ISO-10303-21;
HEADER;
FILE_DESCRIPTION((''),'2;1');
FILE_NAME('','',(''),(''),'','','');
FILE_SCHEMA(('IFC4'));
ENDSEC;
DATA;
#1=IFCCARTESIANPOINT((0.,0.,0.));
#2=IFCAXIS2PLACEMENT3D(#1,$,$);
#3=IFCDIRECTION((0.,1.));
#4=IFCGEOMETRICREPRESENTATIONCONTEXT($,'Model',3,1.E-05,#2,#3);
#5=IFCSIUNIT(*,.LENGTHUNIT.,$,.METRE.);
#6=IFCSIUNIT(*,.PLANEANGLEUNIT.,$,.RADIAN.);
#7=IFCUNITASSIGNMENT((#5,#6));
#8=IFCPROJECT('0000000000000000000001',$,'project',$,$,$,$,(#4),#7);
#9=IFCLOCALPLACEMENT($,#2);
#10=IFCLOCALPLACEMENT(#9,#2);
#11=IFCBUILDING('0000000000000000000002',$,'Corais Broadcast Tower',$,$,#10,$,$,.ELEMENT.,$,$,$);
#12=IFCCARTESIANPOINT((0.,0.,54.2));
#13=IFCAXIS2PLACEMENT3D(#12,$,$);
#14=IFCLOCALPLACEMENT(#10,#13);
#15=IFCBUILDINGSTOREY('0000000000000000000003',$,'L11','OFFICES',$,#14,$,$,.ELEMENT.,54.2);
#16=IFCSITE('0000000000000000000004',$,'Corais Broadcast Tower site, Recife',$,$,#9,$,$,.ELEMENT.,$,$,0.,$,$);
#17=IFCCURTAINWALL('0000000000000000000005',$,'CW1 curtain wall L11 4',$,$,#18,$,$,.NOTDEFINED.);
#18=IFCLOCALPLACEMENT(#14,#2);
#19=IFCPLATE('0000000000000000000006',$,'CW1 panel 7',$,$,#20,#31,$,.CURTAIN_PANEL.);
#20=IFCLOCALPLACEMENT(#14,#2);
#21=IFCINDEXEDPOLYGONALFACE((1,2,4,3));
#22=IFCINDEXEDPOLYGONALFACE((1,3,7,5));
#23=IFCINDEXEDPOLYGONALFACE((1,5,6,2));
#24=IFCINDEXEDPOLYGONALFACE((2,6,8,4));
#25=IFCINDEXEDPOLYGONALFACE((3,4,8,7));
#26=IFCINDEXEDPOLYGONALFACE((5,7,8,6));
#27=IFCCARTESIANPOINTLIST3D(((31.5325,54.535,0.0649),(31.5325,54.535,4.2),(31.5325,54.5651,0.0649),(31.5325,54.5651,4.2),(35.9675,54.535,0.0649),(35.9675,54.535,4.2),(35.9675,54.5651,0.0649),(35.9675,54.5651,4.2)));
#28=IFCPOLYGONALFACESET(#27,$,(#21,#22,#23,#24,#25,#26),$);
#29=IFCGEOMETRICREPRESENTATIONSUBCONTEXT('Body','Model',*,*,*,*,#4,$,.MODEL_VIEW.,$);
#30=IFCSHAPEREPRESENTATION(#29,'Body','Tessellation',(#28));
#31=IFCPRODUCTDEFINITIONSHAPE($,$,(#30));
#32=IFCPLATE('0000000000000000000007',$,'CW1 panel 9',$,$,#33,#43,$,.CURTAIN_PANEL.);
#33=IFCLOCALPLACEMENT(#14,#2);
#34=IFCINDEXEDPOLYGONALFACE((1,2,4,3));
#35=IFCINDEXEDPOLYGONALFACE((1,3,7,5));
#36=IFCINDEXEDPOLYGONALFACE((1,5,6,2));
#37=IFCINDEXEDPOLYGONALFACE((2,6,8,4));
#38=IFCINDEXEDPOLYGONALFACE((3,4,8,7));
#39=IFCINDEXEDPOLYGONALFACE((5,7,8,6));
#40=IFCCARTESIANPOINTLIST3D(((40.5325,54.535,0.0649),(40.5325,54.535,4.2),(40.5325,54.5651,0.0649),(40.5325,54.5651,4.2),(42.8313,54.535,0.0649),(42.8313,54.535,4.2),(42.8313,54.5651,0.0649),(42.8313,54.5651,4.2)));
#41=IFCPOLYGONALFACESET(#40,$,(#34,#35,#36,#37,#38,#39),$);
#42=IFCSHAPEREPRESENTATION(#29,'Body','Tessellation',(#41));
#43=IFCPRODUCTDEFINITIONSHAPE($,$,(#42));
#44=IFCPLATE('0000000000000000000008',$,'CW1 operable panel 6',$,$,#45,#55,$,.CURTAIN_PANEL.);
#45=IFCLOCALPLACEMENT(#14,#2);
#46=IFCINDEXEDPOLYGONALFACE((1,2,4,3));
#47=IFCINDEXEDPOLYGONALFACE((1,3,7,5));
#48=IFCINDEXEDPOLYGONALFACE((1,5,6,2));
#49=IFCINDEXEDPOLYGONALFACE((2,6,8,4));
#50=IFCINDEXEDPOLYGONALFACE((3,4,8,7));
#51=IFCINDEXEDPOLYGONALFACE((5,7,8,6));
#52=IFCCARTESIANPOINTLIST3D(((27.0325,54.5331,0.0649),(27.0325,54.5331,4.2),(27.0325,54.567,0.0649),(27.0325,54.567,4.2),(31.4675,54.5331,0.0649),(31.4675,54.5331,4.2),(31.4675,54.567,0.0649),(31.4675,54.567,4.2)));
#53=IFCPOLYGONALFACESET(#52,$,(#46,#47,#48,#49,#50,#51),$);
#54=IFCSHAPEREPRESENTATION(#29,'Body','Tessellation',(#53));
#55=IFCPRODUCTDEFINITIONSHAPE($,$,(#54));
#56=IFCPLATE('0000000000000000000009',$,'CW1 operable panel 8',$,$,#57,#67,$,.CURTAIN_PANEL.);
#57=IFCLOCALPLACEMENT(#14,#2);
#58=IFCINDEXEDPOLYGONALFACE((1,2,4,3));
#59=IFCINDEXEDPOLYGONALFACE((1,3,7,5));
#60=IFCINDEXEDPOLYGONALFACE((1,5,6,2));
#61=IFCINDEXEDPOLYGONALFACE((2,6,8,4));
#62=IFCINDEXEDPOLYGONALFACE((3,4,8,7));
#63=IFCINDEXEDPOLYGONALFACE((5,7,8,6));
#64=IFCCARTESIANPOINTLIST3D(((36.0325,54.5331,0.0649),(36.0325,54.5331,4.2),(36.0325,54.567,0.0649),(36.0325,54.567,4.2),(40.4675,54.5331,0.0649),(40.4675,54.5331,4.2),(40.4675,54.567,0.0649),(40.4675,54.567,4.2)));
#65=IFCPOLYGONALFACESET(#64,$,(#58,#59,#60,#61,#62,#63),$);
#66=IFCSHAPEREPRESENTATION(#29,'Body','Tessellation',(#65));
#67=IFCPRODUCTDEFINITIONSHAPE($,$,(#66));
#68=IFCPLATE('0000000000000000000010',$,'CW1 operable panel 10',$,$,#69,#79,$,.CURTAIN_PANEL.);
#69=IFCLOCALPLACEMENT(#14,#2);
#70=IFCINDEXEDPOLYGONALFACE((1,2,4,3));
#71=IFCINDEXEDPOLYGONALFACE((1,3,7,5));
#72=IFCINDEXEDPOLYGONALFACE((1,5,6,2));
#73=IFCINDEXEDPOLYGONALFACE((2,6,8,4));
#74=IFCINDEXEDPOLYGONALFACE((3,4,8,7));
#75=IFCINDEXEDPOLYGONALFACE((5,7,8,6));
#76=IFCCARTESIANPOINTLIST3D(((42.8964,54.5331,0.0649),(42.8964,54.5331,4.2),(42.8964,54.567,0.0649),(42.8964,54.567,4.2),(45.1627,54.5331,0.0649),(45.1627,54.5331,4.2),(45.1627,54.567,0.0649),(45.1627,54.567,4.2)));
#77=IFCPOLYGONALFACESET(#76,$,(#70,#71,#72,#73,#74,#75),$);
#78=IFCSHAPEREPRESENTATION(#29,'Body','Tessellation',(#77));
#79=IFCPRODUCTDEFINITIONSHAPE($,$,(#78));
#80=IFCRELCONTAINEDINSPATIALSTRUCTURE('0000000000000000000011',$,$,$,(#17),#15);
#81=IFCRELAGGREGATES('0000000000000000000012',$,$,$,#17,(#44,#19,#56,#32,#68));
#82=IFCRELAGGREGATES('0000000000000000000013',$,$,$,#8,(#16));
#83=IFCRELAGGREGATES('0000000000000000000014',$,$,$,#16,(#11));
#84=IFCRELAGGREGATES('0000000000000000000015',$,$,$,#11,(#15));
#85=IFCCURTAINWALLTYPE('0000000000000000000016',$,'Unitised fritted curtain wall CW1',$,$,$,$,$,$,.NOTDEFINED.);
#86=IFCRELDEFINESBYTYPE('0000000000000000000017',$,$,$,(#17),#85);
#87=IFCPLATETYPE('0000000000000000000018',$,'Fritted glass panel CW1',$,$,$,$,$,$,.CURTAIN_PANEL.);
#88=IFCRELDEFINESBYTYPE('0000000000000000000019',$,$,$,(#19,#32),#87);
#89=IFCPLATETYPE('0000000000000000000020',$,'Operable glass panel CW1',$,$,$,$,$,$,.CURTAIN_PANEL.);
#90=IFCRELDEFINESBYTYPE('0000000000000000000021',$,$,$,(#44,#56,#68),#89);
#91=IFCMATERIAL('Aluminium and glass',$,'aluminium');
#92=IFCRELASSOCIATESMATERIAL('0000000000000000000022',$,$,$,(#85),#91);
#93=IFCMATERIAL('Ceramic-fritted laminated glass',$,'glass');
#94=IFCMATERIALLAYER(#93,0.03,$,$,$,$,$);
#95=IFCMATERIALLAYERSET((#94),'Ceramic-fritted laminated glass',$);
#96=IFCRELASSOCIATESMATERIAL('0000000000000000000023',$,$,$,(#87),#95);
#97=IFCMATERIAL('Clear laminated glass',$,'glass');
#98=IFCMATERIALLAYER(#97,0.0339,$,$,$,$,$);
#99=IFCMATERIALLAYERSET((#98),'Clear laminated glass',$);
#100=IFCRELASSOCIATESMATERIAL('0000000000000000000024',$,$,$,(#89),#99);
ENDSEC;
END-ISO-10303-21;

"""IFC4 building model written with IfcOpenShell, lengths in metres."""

from ifc_helpers import new_model, si_unit, direction, frame, origin, origin_2d, place, context, subcontext, project, spatial, rectangle, extrude, material, layer, layer_set, type_object, element, aggregate, save


model = new_model("IFC4")

# Units and contexts
model_context = context("Model", 3, precision=1e-05, world=origin(), true_north=direction((0.0, 1.0)))
body_context = subcontext(model_context, "Body", "Model", "MODEL_VIEW")
ifc_project = project(units=[si_unit("LENGTHUNIT", "METRE"), si_unit("PLANEANGLEUNIT", "RADIAN")], contexts=[model_context])

# Site, building, storey
site_placement = place(None, origin())
site = spatial("IfcSite", under=ifc_project, at=site_placement, Name="Corais Broadcast Tower site, Recife", CompositionType="ELEMENT", RefElevation=0.0)
building_placement = place(site_placement, origin())
building = spatial("IfcBuilding", under=site, at=building_placement, Name="Corais Broadcast Tower", CompositionType="ELEMENT")
storey_placement = place(building_placement, frame((0.0, 0.0, 54.2)))
storey = spatial("IfcBuildingStorey", under=building, at=storey_placement, Name="L11", Description="OFFICES", CompositionType="ELEMENT", Elevation=54.2)

# Curtain wall
ifc_material_1 = material(Name="Aluminium and glass", Category="aluminium")
curtain_wall_type = type_object("IfcCurtainWallType", Name="Unitised fritted curtain wall CW1", PredefinedType="NOTDEFINED", material=ifc_material_1)
curtain_wall_placement = place(storey_placement, origin())
curtain_wall = element("IfcCurtainWall", 1, at=curtain_wall_placement, inside=storey, type_object=curtain_wall_type, Name="CW1 curtain wall L11 4", PredefinedType="NOTDEFINED")

# Plates
ifc_material_2 = material(Name="Ceramic-fritted laminated glass", Category="glass")
ifc_layer_1 = layer(ifc_material_2, 0.03)
ifc_layer_set_1 = layer_set([ifc_layer_1], Name="Ceramic-fritted laminated glass")
plate_type_1 = type_object("IfcPlateType", Name="Fritted glass panel CW1", PredefinedType="CURTAIN_PANEL", material=ifc_layer_set_1)
plate_1_placement = place(storey_placement, frame((33.75, 54.55, 0.0649), z_axis=(0.0, 0.0, 1.0), x_axis=(1.0, 0.0, 0.0)))
plate_1 = element("IfcPlate", 2, at=plate_1_placement, type_object=plate_type_1, Name="CW1 panel 7", PredefinedType="CURTAIN_PANEL", context=body_context, shape_type="SweptSolid", body=[
    extrude(rectangle(XDim=4.4351, YDim=0.03, at=origin_2d()), origin(), (0.0, 0.0, 1.0), 4.135),
])
plate_2_placement = place(storey_placement, frame((41.6819, 54.55, 0.0649), z_axis=(0.0, 0.0, 1.0), x_axis=(1.0, 0.0, 0.0)))
plate_2 = element("IfcPlate", 3, at=plate_2_placement, type_object=plate_type_1, Name="CW1 panel 9", PredefinedType="CURTAIN_PANEL", context=body_context, shape_type="SweptSolid", body=[
    extrude(rectangle(XDim=2.2988, YDim=0.03, at=origin_2d()), origin(), (0.0, 0.0, 1.0), 4.135),
])
ifc_material_3 = material(Name="Clear laminated glass", Category="glass")
ifc_layer_2 = layer(ifc_material_3, 0.0339)
ifc_layer_set_2 = layer_set([ifc_layer_2], Name="Clear laminated glass")
plate_type_2 = type_object("IfcPlateType", Name="Operable glass panel CW1", PredefinedType="CURTAIN_PANEL", material=ifc_layer_set_2)
plate_3_placement = place(storey_placement, frame((29.25, 54.55, 0.0649), z_axis=(0.0, 0.0, 1.0), x_axis=(1.0, 0.0, 0.0)))
plate_3 = element("IfcPlate", 4, at=plate_3_placement, type_object=plate_type_2, Name="CW1 operable panel 6", PredefinedType="CURTAIN_PANEL", context=body_context, shape_type="SweptSolid", body=[
    extrude(rectangle(XDim=4.4351, YDim=0.0339, at=origin_2d()), origin(), (0.0, 0.0, 1.0), 4.135),
])
plate_4_placement = place(storey_placement, frame((38.25, 54.55, 0.0649), z_axis=(0.0, 0.0, 1.0), x_axis=(1.0, 0.0, 0.0)))
plate_4 = element("IfcPlate", 5, at=plate_4_placement, type_object=plate_type_2, Name="CW1 operable panel 8", PredefinedType="CURTAIN_PANEL", context=body_context, shape_type="SweptSolid", body=[
    extrude(rectangle(XDim=4.4351, YDim=0.0339, at=origin_2d()), origin(), (0.0, 0.0, 1.0), 4.135),
])
plate_5_placement = place(storey_placement, frame((44.0295, 54.55, 0.0649), z_axis=(0.0, 0.0, 1.0), x_axis=(1.0, 0.0, 0.0)))
plate_5 = element("IfcPlate", 6, at=plate_5_placement, type_object=plate_type_2, Name="CW1 operable panel 10", PredefinedType="CURTAIN_PANEL", context=body_context, shape_type="SweptSolid", body=[
    extrude(rectangle(XDim=2.2664, YDim=0.0339, at=origin_2d()), origin(), (0.0, 0.0, 1.0), 4.135),
])
aggregate(curtain_wall, [plate_3, plate_1, plate_4, plate_2, plate_5])

save(model, "model.ifc")
